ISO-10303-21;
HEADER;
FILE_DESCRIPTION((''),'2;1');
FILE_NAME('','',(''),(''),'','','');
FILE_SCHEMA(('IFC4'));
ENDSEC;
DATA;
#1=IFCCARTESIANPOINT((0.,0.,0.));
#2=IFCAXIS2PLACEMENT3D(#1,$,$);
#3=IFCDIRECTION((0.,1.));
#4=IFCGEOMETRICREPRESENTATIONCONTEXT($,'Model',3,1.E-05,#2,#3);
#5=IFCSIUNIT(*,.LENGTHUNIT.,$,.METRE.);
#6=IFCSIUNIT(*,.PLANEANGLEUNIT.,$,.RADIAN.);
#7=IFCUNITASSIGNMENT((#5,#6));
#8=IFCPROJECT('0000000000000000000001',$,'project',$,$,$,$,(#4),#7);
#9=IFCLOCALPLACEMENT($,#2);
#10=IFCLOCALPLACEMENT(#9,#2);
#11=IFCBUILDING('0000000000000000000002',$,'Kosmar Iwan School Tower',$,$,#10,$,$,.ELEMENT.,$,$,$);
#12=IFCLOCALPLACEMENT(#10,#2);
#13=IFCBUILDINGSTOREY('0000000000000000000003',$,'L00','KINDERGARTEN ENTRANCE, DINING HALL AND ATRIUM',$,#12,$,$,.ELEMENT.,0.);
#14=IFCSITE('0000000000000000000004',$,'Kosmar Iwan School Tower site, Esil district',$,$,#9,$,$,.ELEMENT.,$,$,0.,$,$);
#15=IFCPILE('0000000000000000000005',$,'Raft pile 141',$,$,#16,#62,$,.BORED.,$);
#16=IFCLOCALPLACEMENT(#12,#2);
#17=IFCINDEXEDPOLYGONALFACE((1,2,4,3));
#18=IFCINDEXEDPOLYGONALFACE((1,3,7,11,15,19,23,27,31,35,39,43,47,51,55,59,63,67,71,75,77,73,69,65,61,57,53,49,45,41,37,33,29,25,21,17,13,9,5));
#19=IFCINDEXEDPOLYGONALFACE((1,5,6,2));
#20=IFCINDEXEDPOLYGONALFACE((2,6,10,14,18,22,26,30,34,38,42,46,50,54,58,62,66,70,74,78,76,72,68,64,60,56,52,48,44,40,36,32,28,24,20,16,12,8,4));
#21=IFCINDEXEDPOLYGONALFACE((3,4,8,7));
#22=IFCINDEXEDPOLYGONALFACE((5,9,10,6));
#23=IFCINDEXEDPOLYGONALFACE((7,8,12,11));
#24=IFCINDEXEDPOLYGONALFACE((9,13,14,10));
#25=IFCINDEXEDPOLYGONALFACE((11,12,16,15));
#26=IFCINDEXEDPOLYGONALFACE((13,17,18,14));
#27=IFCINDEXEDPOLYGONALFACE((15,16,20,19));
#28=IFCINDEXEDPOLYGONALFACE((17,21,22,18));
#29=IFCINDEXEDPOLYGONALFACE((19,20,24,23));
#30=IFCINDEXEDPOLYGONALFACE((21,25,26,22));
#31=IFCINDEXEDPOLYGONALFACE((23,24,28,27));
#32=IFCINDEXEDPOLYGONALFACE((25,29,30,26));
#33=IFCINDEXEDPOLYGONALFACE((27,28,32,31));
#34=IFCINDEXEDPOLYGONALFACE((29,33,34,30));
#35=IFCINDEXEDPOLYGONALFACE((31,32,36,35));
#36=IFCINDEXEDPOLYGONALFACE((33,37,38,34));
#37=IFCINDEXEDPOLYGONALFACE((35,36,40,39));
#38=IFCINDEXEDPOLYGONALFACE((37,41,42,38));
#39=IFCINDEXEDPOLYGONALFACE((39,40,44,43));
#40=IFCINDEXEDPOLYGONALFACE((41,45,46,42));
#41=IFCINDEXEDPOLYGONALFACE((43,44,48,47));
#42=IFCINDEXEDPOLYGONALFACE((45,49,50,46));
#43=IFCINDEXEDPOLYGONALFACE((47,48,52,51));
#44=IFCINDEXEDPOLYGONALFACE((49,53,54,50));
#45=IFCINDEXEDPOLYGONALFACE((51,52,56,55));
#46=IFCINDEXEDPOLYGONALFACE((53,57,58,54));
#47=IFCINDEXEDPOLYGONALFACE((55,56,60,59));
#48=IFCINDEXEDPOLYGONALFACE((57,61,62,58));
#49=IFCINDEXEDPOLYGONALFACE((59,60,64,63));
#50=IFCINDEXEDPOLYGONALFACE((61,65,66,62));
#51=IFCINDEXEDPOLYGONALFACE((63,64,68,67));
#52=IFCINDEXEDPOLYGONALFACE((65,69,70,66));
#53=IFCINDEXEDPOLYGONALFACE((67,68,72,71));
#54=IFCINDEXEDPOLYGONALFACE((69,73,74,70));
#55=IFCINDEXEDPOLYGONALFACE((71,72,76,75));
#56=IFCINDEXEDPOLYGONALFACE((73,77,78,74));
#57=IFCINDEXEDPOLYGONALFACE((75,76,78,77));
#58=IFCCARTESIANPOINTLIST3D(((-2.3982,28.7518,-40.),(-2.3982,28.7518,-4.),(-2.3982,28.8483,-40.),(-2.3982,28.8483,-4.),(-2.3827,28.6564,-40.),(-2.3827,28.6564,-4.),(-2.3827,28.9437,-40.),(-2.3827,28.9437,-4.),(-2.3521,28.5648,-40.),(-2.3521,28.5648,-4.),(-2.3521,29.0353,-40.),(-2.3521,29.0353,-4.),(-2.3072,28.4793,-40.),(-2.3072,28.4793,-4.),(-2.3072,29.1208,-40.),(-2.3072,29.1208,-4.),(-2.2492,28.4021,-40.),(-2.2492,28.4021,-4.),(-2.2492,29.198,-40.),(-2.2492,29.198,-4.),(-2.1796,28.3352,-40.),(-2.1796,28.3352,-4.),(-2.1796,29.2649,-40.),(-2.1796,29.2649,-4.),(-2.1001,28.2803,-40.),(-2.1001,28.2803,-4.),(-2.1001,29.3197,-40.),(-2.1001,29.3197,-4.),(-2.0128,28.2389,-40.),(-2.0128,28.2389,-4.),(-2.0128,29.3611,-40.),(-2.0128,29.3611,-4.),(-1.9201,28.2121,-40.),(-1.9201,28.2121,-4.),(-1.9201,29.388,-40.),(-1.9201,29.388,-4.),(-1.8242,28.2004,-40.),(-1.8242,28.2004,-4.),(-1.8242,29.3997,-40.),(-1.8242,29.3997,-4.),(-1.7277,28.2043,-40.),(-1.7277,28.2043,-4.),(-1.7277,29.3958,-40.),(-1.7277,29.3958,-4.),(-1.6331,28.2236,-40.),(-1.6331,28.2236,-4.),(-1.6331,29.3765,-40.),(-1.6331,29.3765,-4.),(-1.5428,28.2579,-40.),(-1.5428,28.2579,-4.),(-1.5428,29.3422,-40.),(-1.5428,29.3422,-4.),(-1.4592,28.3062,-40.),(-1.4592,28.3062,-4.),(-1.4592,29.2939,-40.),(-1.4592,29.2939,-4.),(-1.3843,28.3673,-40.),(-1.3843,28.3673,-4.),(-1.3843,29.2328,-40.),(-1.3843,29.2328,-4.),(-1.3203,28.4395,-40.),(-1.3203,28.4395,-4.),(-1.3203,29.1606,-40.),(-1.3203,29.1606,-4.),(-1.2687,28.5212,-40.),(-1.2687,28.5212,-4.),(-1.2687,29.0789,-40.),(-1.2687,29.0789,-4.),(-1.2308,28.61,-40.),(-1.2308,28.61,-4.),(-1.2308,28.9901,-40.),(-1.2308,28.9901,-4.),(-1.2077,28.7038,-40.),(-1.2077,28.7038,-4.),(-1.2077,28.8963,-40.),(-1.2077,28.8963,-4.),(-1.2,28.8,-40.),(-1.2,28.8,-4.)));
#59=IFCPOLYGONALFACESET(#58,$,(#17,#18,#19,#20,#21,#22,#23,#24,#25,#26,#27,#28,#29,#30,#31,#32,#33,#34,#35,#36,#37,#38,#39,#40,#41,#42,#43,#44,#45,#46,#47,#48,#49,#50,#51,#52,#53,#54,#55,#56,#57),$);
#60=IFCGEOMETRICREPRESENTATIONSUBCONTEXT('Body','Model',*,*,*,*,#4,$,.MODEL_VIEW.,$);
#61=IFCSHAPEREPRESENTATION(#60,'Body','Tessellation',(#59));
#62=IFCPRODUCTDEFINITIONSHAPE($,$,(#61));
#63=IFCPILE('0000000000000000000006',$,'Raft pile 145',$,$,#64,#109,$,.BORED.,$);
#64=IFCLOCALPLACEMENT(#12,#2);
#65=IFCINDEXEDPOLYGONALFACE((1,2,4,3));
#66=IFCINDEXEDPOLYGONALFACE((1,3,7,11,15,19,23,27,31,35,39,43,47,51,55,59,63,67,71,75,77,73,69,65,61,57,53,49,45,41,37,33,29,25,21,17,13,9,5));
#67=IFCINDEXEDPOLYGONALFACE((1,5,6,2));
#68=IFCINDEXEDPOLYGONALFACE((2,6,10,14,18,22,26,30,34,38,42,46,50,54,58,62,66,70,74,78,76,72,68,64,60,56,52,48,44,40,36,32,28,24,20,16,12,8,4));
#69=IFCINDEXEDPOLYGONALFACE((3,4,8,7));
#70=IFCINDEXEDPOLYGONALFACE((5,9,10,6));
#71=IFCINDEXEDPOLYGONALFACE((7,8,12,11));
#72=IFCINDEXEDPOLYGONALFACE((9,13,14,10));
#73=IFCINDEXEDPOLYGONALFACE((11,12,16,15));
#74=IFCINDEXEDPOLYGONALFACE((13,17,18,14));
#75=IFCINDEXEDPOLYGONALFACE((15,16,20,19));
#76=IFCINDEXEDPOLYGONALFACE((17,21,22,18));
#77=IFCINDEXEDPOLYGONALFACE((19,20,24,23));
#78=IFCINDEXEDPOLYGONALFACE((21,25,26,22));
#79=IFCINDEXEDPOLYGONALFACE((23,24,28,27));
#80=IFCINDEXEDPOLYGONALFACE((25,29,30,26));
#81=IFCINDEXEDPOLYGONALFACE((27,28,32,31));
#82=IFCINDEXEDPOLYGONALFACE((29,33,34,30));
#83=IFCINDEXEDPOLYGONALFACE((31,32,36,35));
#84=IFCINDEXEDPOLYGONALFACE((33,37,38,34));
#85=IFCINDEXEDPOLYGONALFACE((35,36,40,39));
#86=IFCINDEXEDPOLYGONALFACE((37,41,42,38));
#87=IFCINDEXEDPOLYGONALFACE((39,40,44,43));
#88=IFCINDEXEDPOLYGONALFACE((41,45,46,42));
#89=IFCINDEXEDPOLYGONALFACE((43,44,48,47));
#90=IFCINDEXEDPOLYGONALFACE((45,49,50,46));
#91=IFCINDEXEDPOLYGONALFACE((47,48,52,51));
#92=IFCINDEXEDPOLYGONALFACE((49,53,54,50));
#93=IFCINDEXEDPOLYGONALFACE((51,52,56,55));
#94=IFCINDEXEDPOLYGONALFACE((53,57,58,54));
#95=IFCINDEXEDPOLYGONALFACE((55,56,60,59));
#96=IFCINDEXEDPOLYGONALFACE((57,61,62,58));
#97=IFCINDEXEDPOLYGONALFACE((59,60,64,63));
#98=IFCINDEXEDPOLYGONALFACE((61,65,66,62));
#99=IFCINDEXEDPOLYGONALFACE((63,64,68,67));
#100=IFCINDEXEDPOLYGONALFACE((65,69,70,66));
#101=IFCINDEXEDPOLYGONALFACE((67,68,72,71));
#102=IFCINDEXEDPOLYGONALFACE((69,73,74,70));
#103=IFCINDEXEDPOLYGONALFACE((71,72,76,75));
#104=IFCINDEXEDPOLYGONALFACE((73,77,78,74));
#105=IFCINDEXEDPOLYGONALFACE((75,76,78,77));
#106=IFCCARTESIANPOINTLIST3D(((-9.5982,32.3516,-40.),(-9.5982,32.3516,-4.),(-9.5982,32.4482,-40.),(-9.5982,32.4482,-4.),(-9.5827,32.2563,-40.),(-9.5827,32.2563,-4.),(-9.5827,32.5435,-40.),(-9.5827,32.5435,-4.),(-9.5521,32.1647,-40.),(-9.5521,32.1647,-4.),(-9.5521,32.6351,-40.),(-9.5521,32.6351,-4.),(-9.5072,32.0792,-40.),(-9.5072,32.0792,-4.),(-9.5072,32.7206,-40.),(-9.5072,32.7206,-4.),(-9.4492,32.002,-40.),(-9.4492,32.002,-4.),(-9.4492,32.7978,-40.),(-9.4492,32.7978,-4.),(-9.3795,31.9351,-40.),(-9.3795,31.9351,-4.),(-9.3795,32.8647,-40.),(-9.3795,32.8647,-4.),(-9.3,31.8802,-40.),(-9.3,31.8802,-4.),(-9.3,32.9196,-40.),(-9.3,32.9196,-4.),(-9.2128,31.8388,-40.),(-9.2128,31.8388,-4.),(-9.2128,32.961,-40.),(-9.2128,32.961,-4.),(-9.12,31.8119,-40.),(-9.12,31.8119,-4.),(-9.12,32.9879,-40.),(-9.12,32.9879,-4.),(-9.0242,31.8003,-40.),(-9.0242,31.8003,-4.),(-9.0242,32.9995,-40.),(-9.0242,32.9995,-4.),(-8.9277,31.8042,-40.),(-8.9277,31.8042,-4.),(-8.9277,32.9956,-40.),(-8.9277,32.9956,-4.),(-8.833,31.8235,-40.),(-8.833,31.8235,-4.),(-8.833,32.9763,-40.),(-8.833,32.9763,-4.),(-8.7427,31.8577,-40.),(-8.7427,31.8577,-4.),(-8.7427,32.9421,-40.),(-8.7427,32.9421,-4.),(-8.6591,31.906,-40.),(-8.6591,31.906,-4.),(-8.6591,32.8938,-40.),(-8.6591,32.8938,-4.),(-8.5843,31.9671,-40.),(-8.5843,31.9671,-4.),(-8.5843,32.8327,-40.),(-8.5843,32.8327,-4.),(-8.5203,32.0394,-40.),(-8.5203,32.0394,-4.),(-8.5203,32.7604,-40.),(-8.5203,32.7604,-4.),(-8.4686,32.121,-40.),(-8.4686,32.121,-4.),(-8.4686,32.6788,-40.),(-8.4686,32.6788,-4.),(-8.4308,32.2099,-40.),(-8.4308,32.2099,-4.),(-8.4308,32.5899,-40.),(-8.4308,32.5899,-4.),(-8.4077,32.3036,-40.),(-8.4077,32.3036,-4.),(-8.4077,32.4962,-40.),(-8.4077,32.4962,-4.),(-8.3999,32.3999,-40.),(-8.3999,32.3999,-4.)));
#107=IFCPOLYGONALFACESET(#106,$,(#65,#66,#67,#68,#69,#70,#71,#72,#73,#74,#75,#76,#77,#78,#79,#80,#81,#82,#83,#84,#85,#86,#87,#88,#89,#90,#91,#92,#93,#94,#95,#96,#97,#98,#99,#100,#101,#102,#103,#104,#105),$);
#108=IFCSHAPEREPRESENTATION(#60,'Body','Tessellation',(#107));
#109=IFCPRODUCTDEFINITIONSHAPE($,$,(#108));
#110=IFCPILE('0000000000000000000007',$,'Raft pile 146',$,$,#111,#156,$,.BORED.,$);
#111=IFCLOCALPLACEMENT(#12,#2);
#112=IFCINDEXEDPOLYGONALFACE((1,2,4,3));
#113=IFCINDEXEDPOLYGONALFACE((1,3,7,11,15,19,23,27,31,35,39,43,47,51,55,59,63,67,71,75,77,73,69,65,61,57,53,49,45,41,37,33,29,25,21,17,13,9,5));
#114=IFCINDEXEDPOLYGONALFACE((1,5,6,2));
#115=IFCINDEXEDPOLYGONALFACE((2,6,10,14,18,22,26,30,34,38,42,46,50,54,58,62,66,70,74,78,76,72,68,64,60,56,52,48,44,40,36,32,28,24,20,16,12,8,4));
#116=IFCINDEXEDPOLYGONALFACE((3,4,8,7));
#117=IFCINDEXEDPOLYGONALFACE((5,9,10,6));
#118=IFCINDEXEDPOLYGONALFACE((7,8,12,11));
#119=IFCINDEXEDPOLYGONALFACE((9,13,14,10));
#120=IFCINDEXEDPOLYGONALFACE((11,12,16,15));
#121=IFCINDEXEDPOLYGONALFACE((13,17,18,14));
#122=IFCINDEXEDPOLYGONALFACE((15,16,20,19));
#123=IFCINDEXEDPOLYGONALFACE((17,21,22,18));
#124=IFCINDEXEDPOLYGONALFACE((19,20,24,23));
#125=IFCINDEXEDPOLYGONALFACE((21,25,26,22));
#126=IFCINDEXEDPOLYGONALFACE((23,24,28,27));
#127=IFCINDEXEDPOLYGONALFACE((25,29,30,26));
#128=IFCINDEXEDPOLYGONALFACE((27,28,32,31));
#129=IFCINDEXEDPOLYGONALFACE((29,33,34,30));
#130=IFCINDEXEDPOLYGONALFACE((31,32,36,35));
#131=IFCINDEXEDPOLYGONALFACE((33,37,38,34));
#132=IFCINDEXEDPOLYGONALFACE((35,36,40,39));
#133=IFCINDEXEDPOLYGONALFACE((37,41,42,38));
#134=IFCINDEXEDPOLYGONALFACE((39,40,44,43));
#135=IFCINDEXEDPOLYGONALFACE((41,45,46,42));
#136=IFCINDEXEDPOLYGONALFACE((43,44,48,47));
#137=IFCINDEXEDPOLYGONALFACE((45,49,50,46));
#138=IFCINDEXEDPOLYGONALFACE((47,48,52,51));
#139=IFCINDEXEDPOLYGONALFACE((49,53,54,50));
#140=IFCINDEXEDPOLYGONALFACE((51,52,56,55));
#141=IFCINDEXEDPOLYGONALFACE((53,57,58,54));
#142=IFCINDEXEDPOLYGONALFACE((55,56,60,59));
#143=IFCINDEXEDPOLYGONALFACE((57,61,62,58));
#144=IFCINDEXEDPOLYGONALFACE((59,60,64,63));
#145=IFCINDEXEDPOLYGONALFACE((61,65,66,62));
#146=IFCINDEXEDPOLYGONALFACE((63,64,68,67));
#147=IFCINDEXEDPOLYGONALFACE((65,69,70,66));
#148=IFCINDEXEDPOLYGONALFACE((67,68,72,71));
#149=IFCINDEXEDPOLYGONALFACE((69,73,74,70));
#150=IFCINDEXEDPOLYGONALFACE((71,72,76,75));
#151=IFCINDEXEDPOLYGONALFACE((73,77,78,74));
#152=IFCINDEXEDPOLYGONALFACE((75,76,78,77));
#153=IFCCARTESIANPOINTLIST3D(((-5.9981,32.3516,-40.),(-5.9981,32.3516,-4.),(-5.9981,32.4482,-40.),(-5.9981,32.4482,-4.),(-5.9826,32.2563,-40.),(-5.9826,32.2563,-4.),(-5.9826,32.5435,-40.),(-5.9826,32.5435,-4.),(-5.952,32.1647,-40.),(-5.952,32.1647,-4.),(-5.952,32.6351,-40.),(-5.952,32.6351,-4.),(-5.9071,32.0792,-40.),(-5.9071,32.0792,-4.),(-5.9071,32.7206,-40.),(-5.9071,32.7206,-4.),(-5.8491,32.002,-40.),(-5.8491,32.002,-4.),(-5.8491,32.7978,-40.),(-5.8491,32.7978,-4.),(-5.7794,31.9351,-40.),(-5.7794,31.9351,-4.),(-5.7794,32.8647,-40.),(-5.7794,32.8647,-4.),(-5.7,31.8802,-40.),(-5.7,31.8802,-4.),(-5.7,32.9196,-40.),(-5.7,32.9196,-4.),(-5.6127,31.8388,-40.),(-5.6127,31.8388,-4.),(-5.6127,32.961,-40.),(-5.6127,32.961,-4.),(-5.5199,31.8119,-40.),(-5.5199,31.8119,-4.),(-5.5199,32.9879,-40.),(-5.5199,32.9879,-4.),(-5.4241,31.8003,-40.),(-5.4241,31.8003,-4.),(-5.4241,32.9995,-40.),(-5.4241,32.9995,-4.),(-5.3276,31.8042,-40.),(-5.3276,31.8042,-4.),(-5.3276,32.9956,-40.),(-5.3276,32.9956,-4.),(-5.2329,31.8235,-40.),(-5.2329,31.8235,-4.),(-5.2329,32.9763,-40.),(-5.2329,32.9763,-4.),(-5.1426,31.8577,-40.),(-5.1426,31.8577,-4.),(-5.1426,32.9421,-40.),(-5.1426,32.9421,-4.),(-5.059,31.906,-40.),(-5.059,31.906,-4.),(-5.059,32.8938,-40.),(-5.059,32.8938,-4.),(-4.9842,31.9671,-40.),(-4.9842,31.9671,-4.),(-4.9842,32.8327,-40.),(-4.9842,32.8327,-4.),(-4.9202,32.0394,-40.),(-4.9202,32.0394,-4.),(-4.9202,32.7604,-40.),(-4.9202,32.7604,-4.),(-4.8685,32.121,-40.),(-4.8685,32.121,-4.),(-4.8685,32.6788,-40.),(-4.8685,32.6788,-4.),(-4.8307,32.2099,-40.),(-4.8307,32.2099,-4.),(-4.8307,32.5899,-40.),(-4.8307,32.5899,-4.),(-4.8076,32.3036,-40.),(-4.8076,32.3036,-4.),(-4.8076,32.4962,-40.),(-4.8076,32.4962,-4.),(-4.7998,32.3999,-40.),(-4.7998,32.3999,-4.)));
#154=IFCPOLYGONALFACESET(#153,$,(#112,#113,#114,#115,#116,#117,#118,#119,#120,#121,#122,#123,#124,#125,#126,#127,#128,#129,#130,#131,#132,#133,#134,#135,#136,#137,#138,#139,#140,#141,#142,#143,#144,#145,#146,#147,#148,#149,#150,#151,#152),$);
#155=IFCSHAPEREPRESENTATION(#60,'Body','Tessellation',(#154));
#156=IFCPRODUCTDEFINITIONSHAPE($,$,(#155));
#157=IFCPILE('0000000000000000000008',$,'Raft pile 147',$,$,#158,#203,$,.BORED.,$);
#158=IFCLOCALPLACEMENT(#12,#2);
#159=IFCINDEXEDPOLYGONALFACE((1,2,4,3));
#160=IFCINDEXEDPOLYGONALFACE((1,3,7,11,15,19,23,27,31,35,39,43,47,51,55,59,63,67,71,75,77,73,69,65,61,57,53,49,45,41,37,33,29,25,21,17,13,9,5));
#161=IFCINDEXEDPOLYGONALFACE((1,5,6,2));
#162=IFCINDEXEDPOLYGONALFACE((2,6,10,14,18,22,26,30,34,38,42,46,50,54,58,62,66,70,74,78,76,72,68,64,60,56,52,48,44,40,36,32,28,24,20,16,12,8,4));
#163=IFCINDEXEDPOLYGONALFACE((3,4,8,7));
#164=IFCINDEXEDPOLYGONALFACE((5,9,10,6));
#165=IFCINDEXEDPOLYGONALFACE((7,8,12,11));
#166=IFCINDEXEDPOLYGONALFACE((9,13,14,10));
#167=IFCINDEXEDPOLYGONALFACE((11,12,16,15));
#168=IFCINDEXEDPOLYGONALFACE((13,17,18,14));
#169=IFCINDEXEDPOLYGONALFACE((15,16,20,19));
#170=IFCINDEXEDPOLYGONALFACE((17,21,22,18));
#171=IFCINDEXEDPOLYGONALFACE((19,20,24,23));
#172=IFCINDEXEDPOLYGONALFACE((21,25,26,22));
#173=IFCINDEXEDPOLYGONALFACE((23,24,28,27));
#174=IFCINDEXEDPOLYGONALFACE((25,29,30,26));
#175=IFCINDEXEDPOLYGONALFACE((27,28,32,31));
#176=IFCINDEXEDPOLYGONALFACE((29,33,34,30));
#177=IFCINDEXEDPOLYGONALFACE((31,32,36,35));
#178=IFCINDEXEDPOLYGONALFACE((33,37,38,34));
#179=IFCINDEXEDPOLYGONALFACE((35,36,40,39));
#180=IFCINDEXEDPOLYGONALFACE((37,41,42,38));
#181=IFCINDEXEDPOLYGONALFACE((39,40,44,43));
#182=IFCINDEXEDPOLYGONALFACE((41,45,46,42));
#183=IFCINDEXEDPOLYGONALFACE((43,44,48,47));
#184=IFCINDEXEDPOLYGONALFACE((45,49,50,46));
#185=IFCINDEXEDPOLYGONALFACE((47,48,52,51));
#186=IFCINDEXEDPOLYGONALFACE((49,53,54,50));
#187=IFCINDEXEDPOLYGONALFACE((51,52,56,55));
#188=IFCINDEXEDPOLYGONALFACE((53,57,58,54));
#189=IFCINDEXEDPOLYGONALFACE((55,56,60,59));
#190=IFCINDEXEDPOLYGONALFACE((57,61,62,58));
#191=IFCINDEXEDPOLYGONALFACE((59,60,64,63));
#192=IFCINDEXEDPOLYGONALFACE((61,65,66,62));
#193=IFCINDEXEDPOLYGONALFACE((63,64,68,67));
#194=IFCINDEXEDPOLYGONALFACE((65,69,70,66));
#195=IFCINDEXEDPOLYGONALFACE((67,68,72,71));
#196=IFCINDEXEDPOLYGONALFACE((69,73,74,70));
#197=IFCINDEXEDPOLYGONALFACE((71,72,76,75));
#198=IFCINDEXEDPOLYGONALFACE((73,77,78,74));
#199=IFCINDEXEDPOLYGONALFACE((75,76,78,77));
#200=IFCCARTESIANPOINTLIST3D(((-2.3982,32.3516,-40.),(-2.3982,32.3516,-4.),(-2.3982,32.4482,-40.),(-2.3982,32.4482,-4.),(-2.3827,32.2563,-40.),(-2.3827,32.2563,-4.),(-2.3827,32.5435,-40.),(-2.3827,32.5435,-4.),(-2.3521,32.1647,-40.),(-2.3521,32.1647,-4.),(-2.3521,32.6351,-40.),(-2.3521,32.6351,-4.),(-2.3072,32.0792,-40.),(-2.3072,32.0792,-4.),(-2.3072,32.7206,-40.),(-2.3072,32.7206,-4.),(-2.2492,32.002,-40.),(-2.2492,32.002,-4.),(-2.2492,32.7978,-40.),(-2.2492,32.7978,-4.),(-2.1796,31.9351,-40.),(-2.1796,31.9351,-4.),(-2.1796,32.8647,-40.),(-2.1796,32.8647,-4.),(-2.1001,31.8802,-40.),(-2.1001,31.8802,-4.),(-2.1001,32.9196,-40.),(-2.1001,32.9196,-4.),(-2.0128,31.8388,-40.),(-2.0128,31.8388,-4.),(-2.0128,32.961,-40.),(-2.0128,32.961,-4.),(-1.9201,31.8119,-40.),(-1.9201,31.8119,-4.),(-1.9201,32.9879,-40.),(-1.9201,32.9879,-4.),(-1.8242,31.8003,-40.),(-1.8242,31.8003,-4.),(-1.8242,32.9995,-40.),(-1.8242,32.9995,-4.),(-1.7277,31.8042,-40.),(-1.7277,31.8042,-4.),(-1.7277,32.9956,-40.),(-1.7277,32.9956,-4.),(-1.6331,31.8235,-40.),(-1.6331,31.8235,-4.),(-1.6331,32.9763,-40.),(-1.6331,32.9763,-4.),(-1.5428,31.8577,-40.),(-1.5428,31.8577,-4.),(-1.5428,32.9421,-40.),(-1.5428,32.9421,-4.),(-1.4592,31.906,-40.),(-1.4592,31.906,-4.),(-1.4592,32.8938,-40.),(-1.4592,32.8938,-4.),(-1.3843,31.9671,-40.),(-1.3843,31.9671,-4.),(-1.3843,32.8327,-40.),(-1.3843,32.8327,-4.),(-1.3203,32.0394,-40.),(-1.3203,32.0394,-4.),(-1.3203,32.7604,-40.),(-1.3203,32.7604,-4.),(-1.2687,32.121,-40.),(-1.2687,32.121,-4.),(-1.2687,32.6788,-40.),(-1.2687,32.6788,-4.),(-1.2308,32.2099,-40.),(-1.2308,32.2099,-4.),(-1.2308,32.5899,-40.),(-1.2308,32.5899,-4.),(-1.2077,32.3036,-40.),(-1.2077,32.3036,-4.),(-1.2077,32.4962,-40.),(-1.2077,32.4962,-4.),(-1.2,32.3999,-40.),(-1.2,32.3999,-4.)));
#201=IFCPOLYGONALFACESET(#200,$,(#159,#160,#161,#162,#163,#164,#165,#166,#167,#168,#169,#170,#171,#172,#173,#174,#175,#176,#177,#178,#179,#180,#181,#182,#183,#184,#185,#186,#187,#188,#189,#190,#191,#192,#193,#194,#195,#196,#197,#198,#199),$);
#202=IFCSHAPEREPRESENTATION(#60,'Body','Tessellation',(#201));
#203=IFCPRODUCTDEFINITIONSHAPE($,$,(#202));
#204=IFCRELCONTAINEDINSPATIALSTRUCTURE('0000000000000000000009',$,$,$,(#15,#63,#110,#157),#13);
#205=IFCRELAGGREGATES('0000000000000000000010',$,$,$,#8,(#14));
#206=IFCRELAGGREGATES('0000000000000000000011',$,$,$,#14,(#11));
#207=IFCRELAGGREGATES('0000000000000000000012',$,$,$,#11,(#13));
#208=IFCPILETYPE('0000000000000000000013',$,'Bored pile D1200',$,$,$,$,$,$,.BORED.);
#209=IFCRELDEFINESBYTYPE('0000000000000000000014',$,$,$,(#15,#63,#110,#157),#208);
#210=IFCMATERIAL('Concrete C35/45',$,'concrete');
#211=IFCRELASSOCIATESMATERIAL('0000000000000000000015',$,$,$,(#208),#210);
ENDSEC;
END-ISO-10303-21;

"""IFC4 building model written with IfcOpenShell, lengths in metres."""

from ifc_helpers import new_model, si_unit, direction, frame, origin, origin_2d, place, context, subcontext, project, spatial, circle, extrude, material, material_profile, profile_set, type_object, element, save


model = new_model("IFC4")

# Units and contexts
model_context = context("Model", 3, precision=1e-05, world=origin(), true_north=direction((0.0, 1.0)))
body_context = subcontext(model_context, "Body", "Model", "MODEL_VIEW")
ifc_project = project(units=[si_unit("LENGTHUNIT", "METRE"), si_unit("PLANEANGLEUNIT", "RADIAN")], contexts=[model_context])

# Site, building, storey
site_placement = place(None, origin())
site = spatial("IfcSite", under=ifc_project, at=site_placement, Name="Kosmar Iwan School Tower site, Esil district", CompositionType="ELEMENT", RefElevation=0.0)
building_placement = place(site_placement, origin())
building = spatial("IfcBuilding", under=site, at=building_placement, Name="Kosmar Iwan School Tower", CompositionType="ELEMENT")
storey_placement = place(building_placement, origin())
storey = spatial("IfcBuildingStorey", under=building, at=storey_placement, Name="L00", Description="KINDERGARTEN ENTRANCE, DINING HALL AND ATRIUM", CompositionType="ELEMENT", Elevation=0.0)

# Piles
ifc_material_1 = material(Name="Concrete C35/45", Category="concrete")
ifc_material_profile_1 = material_profile(ifc_material_1, circle(Radius=0.6001, at=origin_2d()), Name="D1200")
ifc_profile_set_1 = profile_set([ifc_material_profile_1], Name="Concrete C35/45")
pile_type = type_object("IfcPileType", Name="Bored pile D1200", PredefinedType="BORED", material=ifc_profile_set_1)
for number, where, z_axis, x_axis, name in (
    (1, (-1.8, 28.8, -4.0), (0.0, 0.0, -1.0), (1.0, 0.0, 0.0), "Raft pile 141"),
    (2, (-9.0, 32.3999, -4.0), (0.0, 0.0, -1.0), (1.0, 0.0, 0.0), "Raft pile 145"),
    (3, (-5.3999, 32.3999, -4.0), (0.0, 0.0, -1.0), (1.0, 0.0, 0.0), "Raft pile 146"),
    (4, (-1.8, 32.3999, -4.0), (0.0, 0.0, -1.0), (1.0, 0.0, 0.0), "Raft pile 147"),
):
    element("IfcPile", number, at=place(storey_placement, frame(where, z_axis=z_axis, x_axis=x_axis)), inside=storey, type_object=pile_type, Name=name, PredefinedType="BORED", context=body_context, shape_type="SweptSolid", body=[
        extrude(circle(Radius=0.6001, at=origin_2d()), origin(), (0.0, 0.0, 1.0), 36.0),
    ])

save(model, "model.ifc")
